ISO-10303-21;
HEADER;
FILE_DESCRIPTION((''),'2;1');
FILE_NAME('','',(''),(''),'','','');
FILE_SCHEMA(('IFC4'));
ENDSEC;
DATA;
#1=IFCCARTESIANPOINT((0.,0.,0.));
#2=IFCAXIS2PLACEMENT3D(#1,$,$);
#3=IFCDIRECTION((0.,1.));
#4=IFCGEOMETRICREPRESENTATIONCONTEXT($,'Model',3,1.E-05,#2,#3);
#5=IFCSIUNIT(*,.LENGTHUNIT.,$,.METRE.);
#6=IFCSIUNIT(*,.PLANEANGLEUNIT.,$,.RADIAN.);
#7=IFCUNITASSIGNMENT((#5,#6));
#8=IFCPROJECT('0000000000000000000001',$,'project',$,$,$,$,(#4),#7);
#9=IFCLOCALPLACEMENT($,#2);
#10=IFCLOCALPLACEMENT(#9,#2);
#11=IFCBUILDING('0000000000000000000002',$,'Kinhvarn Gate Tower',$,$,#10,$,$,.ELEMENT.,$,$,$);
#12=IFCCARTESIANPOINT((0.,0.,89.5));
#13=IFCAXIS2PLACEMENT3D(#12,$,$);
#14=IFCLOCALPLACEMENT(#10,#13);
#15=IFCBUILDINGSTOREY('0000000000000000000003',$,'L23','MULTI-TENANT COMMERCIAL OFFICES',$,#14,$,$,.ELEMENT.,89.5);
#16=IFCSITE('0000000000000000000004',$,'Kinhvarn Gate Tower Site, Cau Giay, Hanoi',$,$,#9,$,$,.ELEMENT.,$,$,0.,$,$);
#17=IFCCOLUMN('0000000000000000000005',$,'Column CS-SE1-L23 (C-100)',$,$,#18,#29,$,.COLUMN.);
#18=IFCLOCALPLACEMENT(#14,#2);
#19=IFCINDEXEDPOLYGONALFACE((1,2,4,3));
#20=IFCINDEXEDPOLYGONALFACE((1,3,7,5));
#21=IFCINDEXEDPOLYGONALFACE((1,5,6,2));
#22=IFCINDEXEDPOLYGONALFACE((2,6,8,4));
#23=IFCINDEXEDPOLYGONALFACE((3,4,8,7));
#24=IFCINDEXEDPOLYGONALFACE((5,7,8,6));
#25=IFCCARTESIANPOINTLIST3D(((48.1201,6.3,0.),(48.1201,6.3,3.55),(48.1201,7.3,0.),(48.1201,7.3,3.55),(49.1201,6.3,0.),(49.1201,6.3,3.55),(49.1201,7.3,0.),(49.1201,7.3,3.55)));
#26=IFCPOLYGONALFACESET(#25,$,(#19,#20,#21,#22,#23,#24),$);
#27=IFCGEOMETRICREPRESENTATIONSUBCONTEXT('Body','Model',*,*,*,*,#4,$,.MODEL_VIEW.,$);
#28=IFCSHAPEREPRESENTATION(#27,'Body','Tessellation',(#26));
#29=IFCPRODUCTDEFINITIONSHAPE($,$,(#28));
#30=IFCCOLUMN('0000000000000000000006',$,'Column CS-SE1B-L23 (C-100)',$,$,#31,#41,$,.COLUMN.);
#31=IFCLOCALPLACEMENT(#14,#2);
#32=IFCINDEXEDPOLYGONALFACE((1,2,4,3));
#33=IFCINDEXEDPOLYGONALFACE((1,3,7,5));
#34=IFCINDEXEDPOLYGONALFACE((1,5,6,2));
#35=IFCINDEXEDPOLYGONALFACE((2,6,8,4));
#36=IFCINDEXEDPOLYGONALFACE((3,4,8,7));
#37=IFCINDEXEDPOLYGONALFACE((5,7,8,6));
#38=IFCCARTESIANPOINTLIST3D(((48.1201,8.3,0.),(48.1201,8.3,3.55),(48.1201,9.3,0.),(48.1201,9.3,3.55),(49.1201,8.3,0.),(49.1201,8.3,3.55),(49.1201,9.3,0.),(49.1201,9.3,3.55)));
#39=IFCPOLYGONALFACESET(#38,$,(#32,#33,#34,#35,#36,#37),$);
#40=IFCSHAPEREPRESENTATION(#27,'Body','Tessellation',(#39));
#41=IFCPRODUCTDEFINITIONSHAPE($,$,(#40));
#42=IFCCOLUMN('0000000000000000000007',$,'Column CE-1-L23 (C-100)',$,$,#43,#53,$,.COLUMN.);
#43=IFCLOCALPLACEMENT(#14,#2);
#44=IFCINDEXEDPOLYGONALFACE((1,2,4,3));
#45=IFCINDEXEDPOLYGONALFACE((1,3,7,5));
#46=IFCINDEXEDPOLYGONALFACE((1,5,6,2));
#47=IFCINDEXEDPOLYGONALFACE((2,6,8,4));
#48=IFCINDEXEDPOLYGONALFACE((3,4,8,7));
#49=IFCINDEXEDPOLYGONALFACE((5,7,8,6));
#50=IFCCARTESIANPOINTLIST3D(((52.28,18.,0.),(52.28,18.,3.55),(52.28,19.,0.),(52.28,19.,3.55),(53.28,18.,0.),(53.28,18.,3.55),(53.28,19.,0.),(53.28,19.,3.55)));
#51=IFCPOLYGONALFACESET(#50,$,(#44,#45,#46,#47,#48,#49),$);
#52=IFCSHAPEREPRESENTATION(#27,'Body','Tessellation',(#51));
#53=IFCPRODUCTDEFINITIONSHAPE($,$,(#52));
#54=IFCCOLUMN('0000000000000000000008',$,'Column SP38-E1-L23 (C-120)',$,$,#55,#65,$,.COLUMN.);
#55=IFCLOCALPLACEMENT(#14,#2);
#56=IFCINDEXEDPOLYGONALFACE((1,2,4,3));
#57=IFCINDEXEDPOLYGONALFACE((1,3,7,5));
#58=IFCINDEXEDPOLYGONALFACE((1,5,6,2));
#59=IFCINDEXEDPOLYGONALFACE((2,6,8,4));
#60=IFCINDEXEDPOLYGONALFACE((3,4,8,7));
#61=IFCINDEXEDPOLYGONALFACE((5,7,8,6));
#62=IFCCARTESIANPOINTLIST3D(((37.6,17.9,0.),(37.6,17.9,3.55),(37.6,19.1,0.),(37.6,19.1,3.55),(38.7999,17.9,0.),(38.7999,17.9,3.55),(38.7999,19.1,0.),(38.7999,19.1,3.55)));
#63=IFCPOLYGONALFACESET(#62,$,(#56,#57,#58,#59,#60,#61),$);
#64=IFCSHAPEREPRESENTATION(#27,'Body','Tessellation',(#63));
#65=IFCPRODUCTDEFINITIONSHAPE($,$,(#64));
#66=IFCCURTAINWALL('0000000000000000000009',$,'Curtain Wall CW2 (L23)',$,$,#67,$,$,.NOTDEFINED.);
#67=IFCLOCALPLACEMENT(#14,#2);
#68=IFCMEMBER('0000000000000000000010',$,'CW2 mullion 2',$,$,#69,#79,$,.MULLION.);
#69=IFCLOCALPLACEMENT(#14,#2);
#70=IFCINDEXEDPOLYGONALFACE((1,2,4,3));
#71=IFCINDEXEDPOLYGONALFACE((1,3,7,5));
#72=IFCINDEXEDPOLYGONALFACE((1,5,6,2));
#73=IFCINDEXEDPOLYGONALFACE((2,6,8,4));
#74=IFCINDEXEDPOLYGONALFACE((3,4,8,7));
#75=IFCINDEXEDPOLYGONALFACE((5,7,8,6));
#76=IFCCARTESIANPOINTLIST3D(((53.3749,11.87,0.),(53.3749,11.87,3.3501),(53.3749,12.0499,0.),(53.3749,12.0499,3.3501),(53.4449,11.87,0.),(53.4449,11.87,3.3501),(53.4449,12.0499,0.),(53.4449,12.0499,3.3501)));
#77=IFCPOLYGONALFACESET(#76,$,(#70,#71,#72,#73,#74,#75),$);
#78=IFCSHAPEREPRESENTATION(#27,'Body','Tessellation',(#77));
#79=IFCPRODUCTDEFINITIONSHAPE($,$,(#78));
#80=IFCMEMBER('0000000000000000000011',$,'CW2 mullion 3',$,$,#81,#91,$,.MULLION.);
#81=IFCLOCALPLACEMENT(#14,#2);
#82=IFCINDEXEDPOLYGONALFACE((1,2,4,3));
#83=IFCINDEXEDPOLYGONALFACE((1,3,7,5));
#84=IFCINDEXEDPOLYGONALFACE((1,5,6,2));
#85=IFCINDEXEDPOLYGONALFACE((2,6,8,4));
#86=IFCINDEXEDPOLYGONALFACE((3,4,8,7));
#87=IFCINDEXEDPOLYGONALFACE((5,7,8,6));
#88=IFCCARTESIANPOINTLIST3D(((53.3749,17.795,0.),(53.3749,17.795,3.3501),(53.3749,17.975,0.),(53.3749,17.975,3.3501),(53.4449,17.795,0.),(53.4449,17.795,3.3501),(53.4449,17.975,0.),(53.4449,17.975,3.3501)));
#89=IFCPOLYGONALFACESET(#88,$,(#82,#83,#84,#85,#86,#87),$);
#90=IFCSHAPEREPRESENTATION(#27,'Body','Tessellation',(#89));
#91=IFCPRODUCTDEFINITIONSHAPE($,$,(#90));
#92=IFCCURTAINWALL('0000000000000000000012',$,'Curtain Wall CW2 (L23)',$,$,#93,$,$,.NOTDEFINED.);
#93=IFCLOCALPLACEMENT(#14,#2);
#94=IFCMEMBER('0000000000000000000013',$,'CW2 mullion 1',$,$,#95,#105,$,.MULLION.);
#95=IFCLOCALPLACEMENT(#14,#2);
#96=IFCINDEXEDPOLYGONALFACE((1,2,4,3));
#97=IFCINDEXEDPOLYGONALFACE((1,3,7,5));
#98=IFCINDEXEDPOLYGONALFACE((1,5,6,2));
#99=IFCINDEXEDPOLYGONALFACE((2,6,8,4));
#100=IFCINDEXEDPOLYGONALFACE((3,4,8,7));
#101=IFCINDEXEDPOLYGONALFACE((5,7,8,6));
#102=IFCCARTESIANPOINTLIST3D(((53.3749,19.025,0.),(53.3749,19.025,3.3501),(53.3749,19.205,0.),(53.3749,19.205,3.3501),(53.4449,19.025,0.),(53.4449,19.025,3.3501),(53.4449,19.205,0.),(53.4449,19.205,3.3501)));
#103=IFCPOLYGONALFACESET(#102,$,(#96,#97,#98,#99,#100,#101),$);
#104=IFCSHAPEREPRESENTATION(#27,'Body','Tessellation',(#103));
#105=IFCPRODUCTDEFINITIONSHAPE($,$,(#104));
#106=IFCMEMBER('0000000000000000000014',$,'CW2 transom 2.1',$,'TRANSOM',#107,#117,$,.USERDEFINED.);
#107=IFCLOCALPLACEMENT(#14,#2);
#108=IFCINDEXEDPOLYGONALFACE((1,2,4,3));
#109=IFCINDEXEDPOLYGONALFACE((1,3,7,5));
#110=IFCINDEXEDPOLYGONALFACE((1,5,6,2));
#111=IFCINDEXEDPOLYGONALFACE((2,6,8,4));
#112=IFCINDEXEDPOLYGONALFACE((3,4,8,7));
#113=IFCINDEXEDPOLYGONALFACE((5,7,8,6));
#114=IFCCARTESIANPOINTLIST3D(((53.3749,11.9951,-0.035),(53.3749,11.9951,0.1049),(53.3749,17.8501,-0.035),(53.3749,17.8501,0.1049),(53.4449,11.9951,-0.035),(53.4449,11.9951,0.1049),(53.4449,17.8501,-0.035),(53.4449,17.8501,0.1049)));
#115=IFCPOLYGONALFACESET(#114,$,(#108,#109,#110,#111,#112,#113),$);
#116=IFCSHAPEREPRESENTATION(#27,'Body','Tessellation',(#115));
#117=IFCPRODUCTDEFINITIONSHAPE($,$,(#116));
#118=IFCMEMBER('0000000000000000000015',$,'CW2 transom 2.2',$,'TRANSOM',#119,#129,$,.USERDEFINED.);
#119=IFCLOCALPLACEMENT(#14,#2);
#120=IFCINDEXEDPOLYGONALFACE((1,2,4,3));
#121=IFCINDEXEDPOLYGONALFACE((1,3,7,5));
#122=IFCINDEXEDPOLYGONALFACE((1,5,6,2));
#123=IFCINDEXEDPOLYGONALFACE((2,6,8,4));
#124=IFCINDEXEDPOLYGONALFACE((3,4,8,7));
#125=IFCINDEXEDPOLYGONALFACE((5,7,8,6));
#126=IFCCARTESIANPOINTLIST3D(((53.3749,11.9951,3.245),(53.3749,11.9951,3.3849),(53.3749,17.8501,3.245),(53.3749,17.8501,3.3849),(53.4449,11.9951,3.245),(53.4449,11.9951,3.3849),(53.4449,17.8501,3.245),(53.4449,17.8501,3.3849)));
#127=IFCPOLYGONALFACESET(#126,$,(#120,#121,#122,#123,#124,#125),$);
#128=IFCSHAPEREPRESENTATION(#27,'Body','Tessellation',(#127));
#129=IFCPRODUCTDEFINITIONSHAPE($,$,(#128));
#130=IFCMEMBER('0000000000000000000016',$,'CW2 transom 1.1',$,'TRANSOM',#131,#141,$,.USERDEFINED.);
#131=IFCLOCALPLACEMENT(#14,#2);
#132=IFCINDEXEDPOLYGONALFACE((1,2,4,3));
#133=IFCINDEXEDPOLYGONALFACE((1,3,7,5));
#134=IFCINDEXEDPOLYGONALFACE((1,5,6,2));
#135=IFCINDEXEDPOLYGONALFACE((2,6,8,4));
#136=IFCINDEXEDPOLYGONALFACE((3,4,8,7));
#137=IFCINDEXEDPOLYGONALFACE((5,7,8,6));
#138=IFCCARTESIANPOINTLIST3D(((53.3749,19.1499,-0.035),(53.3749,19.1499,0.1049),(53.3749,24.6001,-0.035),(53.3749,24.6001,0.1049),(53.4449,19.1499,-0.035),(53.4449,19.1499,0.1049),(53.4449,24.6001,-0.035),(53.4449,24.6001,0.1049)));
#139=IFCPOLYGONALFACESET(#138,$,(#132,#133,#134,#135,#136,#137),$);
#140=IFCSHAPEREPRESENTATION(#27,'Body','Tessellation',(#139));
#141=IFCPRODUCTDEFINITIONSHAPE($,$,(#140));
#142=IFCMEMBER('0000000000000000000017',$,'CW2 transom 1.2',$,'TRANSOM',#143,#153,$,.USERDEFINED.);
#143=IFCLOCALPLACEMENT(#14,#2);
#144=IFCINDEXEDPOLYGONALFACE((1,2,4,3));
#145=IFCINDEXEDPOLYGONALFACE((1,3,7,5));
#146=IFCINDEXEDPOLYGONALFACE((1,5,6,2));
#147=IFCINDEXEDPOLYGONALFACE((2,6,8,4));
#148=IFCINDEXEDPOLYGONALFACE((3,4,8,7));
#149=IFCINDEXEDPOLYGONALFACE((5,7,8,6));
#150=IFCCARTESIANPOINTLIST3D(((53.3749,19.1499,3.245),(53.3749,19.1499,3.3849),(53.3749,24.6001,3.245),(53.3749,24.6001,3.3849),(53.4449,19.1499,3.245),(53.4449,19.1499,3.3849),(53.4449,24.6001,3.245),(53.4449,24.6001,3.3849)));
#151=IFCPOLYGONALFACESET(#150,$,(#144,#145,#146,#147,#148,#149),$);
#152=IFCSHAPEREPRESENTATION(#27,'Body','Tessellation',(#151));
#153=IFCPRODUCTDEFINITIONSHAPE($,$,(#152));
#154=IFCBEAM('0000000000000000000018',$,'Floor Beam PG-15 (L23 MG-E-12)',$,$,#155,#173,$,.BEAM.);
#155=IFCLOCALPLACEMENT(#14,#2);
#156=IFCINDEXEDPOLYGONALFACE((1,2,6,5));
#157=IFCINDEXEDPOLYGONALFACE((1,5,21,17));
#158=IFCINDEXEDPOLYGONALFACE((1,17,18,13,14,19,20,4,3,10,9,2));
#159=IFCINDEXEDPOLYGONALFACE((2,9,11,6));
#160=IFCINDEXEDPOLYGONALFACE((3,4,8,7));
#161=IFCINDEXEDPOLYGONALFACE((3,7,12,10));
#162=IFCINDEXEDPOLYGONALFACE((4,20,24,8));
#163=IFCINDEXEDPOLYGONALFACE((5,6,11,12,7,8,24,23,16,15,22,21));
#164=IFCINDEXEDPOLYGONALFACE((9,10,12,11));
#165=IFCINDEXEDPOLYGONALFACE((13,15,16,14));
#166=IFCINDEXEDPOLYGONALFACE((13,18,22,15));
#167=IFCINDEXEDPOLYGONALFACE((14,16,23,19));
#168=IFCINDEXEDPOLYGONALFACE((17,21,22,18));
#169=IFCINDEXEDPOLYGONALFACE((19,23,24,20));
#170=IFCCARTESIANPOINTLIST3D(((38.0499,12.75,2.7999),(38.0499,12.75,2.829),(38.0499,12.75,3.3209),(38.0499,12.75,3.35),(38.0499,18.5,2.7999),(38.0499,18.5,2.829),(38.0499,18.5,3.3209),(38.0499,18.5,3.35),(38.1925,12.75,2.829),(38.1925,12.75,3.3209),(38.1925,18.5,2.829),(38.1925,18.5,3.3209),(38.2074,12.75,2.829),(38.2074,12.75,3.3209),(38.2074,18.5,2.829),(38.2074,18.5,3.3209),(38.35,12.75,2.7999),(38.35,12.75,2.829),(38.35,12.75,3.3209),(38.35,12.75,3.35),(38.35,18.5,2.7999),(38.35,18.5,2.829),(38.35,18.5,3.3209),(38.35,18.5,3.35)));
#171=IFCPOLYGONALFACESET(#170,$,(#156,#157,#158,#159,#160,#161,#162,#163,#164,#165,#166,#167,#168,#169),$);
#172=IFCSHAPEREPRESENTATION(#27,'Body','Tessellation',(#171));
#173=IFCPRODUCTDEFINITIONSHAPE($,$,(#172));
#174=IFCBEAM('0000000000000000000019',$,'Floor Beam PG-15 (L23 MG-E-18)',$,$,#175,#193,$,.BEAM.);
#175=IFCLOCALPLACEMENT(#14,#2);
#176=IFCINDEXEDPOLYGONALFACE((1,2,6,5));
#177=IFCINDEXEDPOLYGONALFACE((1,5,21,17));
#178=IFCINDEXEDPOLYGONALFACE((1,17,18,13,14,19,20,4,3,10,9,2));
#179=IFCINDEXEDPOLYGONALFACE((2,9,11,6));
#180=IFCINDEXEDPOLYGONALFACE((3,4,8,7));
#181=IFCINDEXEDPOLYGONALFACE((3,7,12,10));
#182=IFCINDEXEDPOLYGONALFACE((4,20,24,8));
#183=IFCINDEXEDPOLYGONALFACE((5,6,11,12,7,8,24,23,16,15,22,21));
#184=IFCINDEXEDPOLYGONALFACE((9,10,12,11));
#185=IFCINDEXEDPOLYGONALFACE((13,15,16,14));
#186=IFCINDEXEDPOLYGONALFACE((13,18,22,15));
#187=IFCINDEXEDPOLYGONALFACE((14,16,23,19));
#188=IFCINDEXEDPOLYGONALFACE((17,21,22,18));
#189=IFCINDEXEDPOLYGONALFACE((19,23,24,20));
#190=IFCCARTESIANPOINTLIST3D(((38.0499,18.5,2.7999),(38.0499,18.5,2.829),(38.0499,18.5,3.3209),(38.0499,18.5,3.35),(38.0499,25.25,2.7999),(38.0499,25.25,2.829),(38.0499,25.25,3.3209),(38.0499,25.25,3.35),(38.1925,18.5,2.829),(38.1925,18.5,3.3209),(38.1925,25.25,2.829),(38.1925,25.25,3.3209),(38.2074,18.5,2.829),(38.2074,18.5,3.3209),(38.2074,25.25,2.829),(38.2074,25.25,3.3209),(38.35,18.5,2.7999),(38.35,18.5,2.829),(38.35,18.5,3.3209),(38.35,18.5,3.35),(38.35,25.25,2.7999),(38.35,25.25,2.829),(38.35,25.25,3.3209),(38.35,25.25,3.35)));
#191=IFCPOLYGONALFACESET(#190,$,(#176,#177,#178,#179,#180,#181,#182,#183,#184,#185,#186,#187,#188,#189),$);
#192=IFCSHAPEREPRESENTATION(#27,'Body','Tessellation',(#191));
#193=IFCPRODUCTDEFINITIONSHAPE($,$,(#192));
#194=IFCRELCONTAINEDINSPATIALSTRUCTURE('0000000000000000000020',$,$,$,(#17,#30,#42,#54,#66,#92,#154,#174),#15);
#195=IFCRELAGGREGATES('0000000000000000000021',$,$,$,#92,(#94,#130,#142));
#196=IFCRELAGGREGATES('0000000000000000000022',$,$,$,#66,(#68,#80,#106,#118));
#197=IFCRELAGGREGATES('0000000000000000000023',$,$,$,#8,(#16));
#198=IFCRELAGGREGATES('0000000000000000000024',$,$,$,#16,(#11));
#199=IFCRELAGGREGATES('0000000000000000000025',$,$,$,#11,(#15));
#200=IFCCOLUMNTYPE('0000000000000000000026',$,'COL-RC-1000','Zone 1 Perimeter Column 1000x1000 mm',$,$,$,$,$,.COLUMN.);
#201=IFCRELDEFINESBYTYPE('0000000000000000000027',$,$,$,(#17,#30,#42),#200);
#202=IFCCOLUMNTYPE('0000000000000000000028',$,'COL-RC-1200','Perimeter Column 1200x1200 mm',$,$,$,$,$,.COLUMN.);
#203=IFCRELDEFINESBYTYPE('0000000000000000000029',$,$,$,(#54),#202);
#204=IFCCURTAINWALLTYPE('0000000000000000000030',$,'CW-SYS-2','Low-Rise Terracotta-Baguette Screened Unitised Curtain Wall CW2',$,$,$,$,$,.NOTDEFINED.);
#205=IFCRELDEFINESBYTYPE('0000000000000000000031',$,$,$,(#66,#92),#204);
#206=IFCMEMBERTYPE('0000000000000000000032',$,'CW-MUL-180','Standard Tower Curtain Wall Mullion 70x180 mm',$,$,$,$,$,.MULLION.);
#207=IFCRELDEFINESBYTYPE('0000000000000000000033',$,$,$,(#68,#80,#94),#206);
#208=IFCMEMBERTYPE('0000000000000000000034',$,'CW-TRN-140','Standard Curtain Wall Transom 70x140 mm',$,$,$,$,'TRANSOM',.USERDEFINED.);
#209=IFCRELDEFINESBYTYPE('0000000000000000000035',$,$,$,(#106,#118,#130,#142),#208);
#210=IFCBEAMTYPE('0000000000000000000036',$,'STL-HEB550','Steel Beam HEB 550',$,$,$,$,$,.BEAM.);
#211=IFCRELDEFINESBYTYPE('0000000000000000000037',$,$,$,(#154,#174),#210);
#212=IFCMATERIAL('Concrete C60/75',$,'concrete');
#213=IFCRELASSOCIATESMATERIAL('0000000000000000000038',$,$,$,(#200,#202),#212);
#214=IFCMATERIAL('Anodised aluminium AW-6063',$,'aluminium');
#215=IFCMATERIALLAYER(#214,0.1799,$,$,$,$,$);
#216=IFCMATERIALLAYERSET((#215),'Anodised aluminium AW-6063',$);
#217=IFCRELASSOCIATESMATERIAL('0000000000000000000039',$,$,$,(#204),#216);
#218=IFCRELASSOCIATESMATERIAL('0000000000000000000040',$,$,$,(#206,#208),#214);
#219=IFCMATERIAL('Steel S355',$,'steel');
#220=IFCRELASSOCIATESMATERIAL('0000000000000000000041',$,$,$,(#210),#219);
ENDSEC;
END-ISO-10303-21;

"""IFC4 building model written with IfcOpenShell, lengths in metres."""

from ifc_helpers import new_model, si_unit, direction, frame, origin, origin_2d, place, context, subcontext, project, spatial, rectangle, i_section, extrude, material, layer, layer_set, material_profile, profile_set, type_object, element, aggregate, save


model = new_model("IFC4")

# Units and contexts
model_context = context("Model", 3, precision=1e-05, world=origin(), true_north=direction((0.0, 1.0)))
body_context = subcontext(model_context, "Body", "Model", "MODEL_VIEW")
ifc_project = project(units=[si_unit("LENGTHUNIT", "METRE"), si_unit("PLANEANGLEUNIT", "RADIAN")], contexts=[model_context])

# Site, building, storey
site_placement = place(None, origin())
site = spatial("IfcSite", under=ifc_project, at=site_placement, Name="Kinhvarn Gate Tower Site, Cau Giay, Hanoi", CompositionType="ELEMENT", RefElevation=0.0)
building_placement = place(site_placement, origin())
building = spatial("IfcBuilding", under=site, at=building_placement, Name="Kinhvarn Gate Tower", CompositionType="ELEMENT")
storey_placement = place(building_placement, frame((0.0, 0.0, 89.5)))
storey = spatial("IfcBuildingStorey", under=building, at=storey_placement, Name="L23", Description="MULTI-TENANT COMMERCIAL OFFICES", CompositionType="ELEMENT", Elevation=89.5)

# Columns
ifc_material_1 = material(Name="Concrete C60/75", Category="concrete")
ifc_material_profile_1 = material_profile(ifc_material_1, rectangle(XDim=1.0, YDim=1.0, at=origin_2d()), Name="RC 1000x1000")
ifc_profile_set_1 = profile_set([ifc_material_profile_1], Name="Concrete C60/75")
column_type_1 = type_object("IfcColumnType", Name="COL-RC-1000", Description="Zone 1 Perimeter Column 1000x1000 mm", PredefinedType="COLUMN", material=ifc_profile_set_1)
for number, where, z_axis, x_axis, name in (
    (1, (48.6201, 6.8, 0.0), (0.0, 0.0, 1.0), (1.0, 0.0, 0.0), "Column CS-SE1-L23 (C-100)"),
    (2, (48.6201, 8.8, 0.0), (0.0, 0.0, 1.0), (1.0, 0.0, 0.0), "Column CS-SE1B-L23 (C-100)"),
    (3, (52.78, 18.5, 0.0), (0.0, 0.0, 1.0), (1.0, 0.0, 0.0), "Column CE-1-L23 (C-100)"),
):
    element("IfcColumn", number, at=place(storey_placement, frame(where, z_axis=z_axis, x_axis=x_axis)), inside=storey, type_object=column_type_1, Name=name, PredefinedType="COLUMN", context=body_context, shape_type="SweptSolid", body=[
        extrude(rectangle(XDim=1.0, YDim=1.0, at=origin_2d()), origin(), (0.0, 0.0, 1.0), 3.55),
    ])
ifc_material_profile_2 = material_profile(ifc_material_1, rectangle(XDim=1.2, YDim=1.2, at=origin_2d()), Name="RC 1200x1200")
ifc_profile_set_2 = profile_set([ifc_material_profile_2], Name="Concrete C60/75")
column_type_2 = type_object("IfcColumnType", Name="COL-RC-1200", Description="Perimeter Column 1200x1200 mm", PredefinedType="COLUMN", material=ifc_profile_set_2)
column_placement = place(storey_placement, frame((38.2, 18.5, 0.0), z_axis=(0.0, 0.0, 1.0), x_axis=(1.0, 0.0, 0.0)))
element("IfcColumn", 4, at=column_placement, inside=storey, type_object=column_type_2, Name="Column SP38-E1-L23 (C-120)", PredefinedType="COLUMN", context=body_context, shape_type="SweptSolid", body=[
    extrude(rectangle(XDim=1.2, YDim=1.2, at=origin_2d()), origin(), (0.0, 0.0, 1.0), 3.55),
])

# Curtain wall, members
ifc_material_2 = material(Name="Anodised aluminium AW-6063", Category="aluminium")
ifc_layer_1 = layer(ifc_material_2, 0.1799)
ifc_layer_set_1 = layer_set([ifc_layer_1], Name="Anodised aluminium AW-6063")
curtain_wall_type = type_object("IfcCurtainWallType", Name="CW-SYS-2", Description="Low-Rise Terracotta-Baguette Screened Unitised Curtain Wall CW2", PredefinedType="NOTDEFINED", material=ifc_layer_set_1)
curtain_wall_1_placement = place(storey_placement, origin())
curtain_wall_1 = element("IfcCurtainWall", 5, at=curtain_wall_1_placement, inside=storey, type_object=curtain_wall_type, Name="Curtain Wall CW2 (L23)", PredefinedType="NOTDEFINED")
ifc_material_profile_3 = material_profile(ifc_material_2, rectangle(XDim=0.0701, YDim=0.1799, at=origin_2d()), Name="ALU 70x180")
ifc_profile_set_3 = profile_set([ifc_material_profile_3], Name="Anodised aluminium AW-6063")
member_type_1 = type_object("IfcMemberType", Name="CW-MUL-180", Description="Standard Tower Curtain Wall Mullion 70x180 mm", PredefinedType="MULLION", material=ifc_profile_set_3)
member_1_placement = place(storey_placement, frame((53.4099, 11.96, 0.0), z_axis=(0.0, 0.0, 1.0), x_axis=(-1.0, 0.0, 0.0)))
member_1 = element("IfcMember", 6, at=member_1_placement, type_object=member_type_1, Name="CW2 mullion 2", PredefinedType="MULLION", context=body_context, shape_type="SweptSolid", body=[
    extrude(rectangle(XDim=0.0701, YDim=0.1799, at=origin_2d()), origin(), (0.0, 0.0, 1.0), 3.3501),
])
member_2_placement = place(storey_placement, frame((53.4099, 17.885, 0.0), z_axis=(0.0, 0.0, 1.0), x_axis=(-1.0, 0.0, 0.0)))
member_2 = element("IfcMember", 7, at=member_2_placement, type_object=member_type_1, Name="CW2 mullion 3", PredefinedType="MULLION", context=body_context, shape_type="SweptSolid", body=[
    extrude(rectangle(XDim=0.0701, YDim=0.1799, at=origin_2d()), origin(), (0.0, 0.0, 1.0), 3.3501),
])

# Curtain wall, member
curtain_wall_2_placement = place(storey_placement, origin())
curtain_wall_2 = element("IfcCurtainWall", 8, at=curtain_wall_2_placement, inside=storey, type_object=curtain_wall_type, Name="Curtain Wall CW2 (L23)", PredefinedType="NOTDEFINED")
member_3_placement = place(storey_placement, frame((53.4099, 19.115, 0.0), z_axis=(0.0, 0.0, 1.0), x_axis=(-1.0, 0.0, 0.0)))
member_3 = element("IfcMember", 9, at=member_3_placement, type_object=member_type_1, Name="CW2 mullion 1", PredefinedType="MULLION", context=body_context, shape_type="SweptSolid", body=[
    extrude(rectangle(XDim=0.0701, YDim=0.1799, at=origin_2d()), origin(), (0.0, 0.0, 1.0), 3.3501),
])

# Members
ifc_material_profile_4 = material_profile(ifc_material_2, rectangle(XDim=0.0701, YDim=0.1399, at=origin_2d()), Name="ALU 70x140")
ifc_profile_set_4 = profile_set([ifc_material_profile_4], Name="Anodised aluminium AW-6063")
member_type_2 = type_object("IfcMemberType", Name="CW-TRN-140", Description="Standard Curtain Wall Transom 70x140 mm", ElementType="TRANSOM", PredefinedType="USERDEFINED", material=ifc_profile_set_4)
member_4_placement = place(storey_placement, frame((53.4099, 11.9951, 0.0349), z_axis=(0.0, 1.0, 0.0), x_axis=(-1.0, 0.0, 0.0)))
member_4 = element("IfcMember", 10, at=member_4_placement, type_object=member_type_2, Name="CW2 transom 2.1", ObjectType="TRANSOM", PredefinedType="USERDEFINED", context=body_context, shape_type="SweptSolid", body=[
    extrude(rectangle(XDim=0.0701, YDim=0.1399, at=origin_2d()), origin(), (0.0, 0.0, 1.0), 5.855),
])
member_5_placement = place(storey_placement, frame((53.4099, 11.9951, 3.3149), z_axis=(0.0, 1.0, 0.0), x_axis=(-1.0, 0.0, 0.0)))
member_5 = element("IfcMember", 11, at=member_5_placement, type_object=member_type_2, Name="CW2 transom 2.2", ObjectType="TRANSOM", PredefinedType="USERDEFINED", context=body_context, shape_type="SweptSolid", body=[
    extrude(rectangle(XDim=0.0701, YDim=0.1399, at=origin_2d()), origin(), (0.0, 0.0, 1.0), 5.855),
])
member_6_placement = place(storey_placement, frame((53.4099, 19.1499, 0.0349), z_axis=(0.0, 1.0, 0.0), x_axis=(-1.0, 0.0, 0.0)))
member_6 = element("IfcMember", 12, at=member_6_placement, type_object=member_type_2, Name="CW2 transom 1.1", ObjectType="TRANSOM", PredefinedType="USERDEFINED", context=body_context, shape_type="SweptSolid", body=[
    extrude(rectangle(XDim=0.0701, YDim=0.1399, at=origin_2d()), origin(), (0.0, 0.0, 1.0), 5.4502),
])
member_7_placement = place(storey_placement, frame((53.4099, 19.1499, 3.3149), z_axis=(0.0, 1.0, 0.0), x_axis=(-1.0, 0.0, 0.0)))
member_7 = element("IfcMember", 13, at=member_7_placement, type_object=member_type_2, Name="CW2 transom 1.2", ObjectType="TRANSOM", PredefinedType="USERDEFINED", context=body_context, shape_type="SweptSolid", body=[
    extrude(rectangle(XDim=0.0701, YDim=0.1399, at=origin_2d()), origin(), (0.0, 0.0, 1.0), 5.4502),
])
aggregate(curtain_wall_2, [member_3, member_6, member_7])

# Beams
ifc_material_3 = material(Name="Steel S355", Category="steel")
ifc_material_profile_5 = material_profile(ifc_material_3, i_section(OverallWidth=0.3, OverallDepth=0.55, WebThickness=0.0149, FlangeThickness=0.0291, at=origin_2d()), Name="HEB 550")
ifc_profile_set_5 = profile_set([ifc_material_profile_5], Name="Steel S355")
beam_type_1 = type_object("IfcBeamType", Name="STL-HEB550", Description="Steel Beam HEB 550", PredefinedType="BEAM", material=ifc_profile_set_5)
beam_1_placement = place(storey_placement, frame((38.2, 12.75, 3.075), z_axis=(0.0, 1.0, 0.0), x_axis=(-1.0, 0.0, 0.0)))
element("IfcBeam", 14, at=beam_1_placement, inside=storey, type_object=beam_type_1, Name="Floor Beam PG-15 (L23 MG-E-12)", PredefinedType="BEAM", context=body_context, shape_type="SweptSolid", body=[
    extrude(i_section(OverallWidth=0.3, OverallDepth=0.55, WebThickness=0.0149, FlangeThickness=0.0291, at=origin_2d()), origin(), (0.0, 0.0, 1.0), 5.75),
])
beam_2_placement = place(storey_placement, frame((38.2, 18.5, 3.075), z_axis=(0.0, 1.0, 0.0), x_axis=(-1.0, 0.0, 0.0)))
element("IfcBeam", 15, at=beam_2_placement, inside=storey, type_object=beam_type_1, Name="Floor Beam PG-15 (L23 MG-E-18)", PredefinedType="BEAM", context=body_context, shape_type="SweptSolid", body=[
    extrude(i_section(OverallWidth=0.3, OverallDepth=0.55, WebThickness=0.0149, FlangeThickness=0.0291, at=origin_2d()), origin(), (0.0, 0.0, 1.0), 6.75),
])

aggregate(curtain_wall_1, [member_1, member_2, member_4, member_5])

save(model, "model.ifc")
